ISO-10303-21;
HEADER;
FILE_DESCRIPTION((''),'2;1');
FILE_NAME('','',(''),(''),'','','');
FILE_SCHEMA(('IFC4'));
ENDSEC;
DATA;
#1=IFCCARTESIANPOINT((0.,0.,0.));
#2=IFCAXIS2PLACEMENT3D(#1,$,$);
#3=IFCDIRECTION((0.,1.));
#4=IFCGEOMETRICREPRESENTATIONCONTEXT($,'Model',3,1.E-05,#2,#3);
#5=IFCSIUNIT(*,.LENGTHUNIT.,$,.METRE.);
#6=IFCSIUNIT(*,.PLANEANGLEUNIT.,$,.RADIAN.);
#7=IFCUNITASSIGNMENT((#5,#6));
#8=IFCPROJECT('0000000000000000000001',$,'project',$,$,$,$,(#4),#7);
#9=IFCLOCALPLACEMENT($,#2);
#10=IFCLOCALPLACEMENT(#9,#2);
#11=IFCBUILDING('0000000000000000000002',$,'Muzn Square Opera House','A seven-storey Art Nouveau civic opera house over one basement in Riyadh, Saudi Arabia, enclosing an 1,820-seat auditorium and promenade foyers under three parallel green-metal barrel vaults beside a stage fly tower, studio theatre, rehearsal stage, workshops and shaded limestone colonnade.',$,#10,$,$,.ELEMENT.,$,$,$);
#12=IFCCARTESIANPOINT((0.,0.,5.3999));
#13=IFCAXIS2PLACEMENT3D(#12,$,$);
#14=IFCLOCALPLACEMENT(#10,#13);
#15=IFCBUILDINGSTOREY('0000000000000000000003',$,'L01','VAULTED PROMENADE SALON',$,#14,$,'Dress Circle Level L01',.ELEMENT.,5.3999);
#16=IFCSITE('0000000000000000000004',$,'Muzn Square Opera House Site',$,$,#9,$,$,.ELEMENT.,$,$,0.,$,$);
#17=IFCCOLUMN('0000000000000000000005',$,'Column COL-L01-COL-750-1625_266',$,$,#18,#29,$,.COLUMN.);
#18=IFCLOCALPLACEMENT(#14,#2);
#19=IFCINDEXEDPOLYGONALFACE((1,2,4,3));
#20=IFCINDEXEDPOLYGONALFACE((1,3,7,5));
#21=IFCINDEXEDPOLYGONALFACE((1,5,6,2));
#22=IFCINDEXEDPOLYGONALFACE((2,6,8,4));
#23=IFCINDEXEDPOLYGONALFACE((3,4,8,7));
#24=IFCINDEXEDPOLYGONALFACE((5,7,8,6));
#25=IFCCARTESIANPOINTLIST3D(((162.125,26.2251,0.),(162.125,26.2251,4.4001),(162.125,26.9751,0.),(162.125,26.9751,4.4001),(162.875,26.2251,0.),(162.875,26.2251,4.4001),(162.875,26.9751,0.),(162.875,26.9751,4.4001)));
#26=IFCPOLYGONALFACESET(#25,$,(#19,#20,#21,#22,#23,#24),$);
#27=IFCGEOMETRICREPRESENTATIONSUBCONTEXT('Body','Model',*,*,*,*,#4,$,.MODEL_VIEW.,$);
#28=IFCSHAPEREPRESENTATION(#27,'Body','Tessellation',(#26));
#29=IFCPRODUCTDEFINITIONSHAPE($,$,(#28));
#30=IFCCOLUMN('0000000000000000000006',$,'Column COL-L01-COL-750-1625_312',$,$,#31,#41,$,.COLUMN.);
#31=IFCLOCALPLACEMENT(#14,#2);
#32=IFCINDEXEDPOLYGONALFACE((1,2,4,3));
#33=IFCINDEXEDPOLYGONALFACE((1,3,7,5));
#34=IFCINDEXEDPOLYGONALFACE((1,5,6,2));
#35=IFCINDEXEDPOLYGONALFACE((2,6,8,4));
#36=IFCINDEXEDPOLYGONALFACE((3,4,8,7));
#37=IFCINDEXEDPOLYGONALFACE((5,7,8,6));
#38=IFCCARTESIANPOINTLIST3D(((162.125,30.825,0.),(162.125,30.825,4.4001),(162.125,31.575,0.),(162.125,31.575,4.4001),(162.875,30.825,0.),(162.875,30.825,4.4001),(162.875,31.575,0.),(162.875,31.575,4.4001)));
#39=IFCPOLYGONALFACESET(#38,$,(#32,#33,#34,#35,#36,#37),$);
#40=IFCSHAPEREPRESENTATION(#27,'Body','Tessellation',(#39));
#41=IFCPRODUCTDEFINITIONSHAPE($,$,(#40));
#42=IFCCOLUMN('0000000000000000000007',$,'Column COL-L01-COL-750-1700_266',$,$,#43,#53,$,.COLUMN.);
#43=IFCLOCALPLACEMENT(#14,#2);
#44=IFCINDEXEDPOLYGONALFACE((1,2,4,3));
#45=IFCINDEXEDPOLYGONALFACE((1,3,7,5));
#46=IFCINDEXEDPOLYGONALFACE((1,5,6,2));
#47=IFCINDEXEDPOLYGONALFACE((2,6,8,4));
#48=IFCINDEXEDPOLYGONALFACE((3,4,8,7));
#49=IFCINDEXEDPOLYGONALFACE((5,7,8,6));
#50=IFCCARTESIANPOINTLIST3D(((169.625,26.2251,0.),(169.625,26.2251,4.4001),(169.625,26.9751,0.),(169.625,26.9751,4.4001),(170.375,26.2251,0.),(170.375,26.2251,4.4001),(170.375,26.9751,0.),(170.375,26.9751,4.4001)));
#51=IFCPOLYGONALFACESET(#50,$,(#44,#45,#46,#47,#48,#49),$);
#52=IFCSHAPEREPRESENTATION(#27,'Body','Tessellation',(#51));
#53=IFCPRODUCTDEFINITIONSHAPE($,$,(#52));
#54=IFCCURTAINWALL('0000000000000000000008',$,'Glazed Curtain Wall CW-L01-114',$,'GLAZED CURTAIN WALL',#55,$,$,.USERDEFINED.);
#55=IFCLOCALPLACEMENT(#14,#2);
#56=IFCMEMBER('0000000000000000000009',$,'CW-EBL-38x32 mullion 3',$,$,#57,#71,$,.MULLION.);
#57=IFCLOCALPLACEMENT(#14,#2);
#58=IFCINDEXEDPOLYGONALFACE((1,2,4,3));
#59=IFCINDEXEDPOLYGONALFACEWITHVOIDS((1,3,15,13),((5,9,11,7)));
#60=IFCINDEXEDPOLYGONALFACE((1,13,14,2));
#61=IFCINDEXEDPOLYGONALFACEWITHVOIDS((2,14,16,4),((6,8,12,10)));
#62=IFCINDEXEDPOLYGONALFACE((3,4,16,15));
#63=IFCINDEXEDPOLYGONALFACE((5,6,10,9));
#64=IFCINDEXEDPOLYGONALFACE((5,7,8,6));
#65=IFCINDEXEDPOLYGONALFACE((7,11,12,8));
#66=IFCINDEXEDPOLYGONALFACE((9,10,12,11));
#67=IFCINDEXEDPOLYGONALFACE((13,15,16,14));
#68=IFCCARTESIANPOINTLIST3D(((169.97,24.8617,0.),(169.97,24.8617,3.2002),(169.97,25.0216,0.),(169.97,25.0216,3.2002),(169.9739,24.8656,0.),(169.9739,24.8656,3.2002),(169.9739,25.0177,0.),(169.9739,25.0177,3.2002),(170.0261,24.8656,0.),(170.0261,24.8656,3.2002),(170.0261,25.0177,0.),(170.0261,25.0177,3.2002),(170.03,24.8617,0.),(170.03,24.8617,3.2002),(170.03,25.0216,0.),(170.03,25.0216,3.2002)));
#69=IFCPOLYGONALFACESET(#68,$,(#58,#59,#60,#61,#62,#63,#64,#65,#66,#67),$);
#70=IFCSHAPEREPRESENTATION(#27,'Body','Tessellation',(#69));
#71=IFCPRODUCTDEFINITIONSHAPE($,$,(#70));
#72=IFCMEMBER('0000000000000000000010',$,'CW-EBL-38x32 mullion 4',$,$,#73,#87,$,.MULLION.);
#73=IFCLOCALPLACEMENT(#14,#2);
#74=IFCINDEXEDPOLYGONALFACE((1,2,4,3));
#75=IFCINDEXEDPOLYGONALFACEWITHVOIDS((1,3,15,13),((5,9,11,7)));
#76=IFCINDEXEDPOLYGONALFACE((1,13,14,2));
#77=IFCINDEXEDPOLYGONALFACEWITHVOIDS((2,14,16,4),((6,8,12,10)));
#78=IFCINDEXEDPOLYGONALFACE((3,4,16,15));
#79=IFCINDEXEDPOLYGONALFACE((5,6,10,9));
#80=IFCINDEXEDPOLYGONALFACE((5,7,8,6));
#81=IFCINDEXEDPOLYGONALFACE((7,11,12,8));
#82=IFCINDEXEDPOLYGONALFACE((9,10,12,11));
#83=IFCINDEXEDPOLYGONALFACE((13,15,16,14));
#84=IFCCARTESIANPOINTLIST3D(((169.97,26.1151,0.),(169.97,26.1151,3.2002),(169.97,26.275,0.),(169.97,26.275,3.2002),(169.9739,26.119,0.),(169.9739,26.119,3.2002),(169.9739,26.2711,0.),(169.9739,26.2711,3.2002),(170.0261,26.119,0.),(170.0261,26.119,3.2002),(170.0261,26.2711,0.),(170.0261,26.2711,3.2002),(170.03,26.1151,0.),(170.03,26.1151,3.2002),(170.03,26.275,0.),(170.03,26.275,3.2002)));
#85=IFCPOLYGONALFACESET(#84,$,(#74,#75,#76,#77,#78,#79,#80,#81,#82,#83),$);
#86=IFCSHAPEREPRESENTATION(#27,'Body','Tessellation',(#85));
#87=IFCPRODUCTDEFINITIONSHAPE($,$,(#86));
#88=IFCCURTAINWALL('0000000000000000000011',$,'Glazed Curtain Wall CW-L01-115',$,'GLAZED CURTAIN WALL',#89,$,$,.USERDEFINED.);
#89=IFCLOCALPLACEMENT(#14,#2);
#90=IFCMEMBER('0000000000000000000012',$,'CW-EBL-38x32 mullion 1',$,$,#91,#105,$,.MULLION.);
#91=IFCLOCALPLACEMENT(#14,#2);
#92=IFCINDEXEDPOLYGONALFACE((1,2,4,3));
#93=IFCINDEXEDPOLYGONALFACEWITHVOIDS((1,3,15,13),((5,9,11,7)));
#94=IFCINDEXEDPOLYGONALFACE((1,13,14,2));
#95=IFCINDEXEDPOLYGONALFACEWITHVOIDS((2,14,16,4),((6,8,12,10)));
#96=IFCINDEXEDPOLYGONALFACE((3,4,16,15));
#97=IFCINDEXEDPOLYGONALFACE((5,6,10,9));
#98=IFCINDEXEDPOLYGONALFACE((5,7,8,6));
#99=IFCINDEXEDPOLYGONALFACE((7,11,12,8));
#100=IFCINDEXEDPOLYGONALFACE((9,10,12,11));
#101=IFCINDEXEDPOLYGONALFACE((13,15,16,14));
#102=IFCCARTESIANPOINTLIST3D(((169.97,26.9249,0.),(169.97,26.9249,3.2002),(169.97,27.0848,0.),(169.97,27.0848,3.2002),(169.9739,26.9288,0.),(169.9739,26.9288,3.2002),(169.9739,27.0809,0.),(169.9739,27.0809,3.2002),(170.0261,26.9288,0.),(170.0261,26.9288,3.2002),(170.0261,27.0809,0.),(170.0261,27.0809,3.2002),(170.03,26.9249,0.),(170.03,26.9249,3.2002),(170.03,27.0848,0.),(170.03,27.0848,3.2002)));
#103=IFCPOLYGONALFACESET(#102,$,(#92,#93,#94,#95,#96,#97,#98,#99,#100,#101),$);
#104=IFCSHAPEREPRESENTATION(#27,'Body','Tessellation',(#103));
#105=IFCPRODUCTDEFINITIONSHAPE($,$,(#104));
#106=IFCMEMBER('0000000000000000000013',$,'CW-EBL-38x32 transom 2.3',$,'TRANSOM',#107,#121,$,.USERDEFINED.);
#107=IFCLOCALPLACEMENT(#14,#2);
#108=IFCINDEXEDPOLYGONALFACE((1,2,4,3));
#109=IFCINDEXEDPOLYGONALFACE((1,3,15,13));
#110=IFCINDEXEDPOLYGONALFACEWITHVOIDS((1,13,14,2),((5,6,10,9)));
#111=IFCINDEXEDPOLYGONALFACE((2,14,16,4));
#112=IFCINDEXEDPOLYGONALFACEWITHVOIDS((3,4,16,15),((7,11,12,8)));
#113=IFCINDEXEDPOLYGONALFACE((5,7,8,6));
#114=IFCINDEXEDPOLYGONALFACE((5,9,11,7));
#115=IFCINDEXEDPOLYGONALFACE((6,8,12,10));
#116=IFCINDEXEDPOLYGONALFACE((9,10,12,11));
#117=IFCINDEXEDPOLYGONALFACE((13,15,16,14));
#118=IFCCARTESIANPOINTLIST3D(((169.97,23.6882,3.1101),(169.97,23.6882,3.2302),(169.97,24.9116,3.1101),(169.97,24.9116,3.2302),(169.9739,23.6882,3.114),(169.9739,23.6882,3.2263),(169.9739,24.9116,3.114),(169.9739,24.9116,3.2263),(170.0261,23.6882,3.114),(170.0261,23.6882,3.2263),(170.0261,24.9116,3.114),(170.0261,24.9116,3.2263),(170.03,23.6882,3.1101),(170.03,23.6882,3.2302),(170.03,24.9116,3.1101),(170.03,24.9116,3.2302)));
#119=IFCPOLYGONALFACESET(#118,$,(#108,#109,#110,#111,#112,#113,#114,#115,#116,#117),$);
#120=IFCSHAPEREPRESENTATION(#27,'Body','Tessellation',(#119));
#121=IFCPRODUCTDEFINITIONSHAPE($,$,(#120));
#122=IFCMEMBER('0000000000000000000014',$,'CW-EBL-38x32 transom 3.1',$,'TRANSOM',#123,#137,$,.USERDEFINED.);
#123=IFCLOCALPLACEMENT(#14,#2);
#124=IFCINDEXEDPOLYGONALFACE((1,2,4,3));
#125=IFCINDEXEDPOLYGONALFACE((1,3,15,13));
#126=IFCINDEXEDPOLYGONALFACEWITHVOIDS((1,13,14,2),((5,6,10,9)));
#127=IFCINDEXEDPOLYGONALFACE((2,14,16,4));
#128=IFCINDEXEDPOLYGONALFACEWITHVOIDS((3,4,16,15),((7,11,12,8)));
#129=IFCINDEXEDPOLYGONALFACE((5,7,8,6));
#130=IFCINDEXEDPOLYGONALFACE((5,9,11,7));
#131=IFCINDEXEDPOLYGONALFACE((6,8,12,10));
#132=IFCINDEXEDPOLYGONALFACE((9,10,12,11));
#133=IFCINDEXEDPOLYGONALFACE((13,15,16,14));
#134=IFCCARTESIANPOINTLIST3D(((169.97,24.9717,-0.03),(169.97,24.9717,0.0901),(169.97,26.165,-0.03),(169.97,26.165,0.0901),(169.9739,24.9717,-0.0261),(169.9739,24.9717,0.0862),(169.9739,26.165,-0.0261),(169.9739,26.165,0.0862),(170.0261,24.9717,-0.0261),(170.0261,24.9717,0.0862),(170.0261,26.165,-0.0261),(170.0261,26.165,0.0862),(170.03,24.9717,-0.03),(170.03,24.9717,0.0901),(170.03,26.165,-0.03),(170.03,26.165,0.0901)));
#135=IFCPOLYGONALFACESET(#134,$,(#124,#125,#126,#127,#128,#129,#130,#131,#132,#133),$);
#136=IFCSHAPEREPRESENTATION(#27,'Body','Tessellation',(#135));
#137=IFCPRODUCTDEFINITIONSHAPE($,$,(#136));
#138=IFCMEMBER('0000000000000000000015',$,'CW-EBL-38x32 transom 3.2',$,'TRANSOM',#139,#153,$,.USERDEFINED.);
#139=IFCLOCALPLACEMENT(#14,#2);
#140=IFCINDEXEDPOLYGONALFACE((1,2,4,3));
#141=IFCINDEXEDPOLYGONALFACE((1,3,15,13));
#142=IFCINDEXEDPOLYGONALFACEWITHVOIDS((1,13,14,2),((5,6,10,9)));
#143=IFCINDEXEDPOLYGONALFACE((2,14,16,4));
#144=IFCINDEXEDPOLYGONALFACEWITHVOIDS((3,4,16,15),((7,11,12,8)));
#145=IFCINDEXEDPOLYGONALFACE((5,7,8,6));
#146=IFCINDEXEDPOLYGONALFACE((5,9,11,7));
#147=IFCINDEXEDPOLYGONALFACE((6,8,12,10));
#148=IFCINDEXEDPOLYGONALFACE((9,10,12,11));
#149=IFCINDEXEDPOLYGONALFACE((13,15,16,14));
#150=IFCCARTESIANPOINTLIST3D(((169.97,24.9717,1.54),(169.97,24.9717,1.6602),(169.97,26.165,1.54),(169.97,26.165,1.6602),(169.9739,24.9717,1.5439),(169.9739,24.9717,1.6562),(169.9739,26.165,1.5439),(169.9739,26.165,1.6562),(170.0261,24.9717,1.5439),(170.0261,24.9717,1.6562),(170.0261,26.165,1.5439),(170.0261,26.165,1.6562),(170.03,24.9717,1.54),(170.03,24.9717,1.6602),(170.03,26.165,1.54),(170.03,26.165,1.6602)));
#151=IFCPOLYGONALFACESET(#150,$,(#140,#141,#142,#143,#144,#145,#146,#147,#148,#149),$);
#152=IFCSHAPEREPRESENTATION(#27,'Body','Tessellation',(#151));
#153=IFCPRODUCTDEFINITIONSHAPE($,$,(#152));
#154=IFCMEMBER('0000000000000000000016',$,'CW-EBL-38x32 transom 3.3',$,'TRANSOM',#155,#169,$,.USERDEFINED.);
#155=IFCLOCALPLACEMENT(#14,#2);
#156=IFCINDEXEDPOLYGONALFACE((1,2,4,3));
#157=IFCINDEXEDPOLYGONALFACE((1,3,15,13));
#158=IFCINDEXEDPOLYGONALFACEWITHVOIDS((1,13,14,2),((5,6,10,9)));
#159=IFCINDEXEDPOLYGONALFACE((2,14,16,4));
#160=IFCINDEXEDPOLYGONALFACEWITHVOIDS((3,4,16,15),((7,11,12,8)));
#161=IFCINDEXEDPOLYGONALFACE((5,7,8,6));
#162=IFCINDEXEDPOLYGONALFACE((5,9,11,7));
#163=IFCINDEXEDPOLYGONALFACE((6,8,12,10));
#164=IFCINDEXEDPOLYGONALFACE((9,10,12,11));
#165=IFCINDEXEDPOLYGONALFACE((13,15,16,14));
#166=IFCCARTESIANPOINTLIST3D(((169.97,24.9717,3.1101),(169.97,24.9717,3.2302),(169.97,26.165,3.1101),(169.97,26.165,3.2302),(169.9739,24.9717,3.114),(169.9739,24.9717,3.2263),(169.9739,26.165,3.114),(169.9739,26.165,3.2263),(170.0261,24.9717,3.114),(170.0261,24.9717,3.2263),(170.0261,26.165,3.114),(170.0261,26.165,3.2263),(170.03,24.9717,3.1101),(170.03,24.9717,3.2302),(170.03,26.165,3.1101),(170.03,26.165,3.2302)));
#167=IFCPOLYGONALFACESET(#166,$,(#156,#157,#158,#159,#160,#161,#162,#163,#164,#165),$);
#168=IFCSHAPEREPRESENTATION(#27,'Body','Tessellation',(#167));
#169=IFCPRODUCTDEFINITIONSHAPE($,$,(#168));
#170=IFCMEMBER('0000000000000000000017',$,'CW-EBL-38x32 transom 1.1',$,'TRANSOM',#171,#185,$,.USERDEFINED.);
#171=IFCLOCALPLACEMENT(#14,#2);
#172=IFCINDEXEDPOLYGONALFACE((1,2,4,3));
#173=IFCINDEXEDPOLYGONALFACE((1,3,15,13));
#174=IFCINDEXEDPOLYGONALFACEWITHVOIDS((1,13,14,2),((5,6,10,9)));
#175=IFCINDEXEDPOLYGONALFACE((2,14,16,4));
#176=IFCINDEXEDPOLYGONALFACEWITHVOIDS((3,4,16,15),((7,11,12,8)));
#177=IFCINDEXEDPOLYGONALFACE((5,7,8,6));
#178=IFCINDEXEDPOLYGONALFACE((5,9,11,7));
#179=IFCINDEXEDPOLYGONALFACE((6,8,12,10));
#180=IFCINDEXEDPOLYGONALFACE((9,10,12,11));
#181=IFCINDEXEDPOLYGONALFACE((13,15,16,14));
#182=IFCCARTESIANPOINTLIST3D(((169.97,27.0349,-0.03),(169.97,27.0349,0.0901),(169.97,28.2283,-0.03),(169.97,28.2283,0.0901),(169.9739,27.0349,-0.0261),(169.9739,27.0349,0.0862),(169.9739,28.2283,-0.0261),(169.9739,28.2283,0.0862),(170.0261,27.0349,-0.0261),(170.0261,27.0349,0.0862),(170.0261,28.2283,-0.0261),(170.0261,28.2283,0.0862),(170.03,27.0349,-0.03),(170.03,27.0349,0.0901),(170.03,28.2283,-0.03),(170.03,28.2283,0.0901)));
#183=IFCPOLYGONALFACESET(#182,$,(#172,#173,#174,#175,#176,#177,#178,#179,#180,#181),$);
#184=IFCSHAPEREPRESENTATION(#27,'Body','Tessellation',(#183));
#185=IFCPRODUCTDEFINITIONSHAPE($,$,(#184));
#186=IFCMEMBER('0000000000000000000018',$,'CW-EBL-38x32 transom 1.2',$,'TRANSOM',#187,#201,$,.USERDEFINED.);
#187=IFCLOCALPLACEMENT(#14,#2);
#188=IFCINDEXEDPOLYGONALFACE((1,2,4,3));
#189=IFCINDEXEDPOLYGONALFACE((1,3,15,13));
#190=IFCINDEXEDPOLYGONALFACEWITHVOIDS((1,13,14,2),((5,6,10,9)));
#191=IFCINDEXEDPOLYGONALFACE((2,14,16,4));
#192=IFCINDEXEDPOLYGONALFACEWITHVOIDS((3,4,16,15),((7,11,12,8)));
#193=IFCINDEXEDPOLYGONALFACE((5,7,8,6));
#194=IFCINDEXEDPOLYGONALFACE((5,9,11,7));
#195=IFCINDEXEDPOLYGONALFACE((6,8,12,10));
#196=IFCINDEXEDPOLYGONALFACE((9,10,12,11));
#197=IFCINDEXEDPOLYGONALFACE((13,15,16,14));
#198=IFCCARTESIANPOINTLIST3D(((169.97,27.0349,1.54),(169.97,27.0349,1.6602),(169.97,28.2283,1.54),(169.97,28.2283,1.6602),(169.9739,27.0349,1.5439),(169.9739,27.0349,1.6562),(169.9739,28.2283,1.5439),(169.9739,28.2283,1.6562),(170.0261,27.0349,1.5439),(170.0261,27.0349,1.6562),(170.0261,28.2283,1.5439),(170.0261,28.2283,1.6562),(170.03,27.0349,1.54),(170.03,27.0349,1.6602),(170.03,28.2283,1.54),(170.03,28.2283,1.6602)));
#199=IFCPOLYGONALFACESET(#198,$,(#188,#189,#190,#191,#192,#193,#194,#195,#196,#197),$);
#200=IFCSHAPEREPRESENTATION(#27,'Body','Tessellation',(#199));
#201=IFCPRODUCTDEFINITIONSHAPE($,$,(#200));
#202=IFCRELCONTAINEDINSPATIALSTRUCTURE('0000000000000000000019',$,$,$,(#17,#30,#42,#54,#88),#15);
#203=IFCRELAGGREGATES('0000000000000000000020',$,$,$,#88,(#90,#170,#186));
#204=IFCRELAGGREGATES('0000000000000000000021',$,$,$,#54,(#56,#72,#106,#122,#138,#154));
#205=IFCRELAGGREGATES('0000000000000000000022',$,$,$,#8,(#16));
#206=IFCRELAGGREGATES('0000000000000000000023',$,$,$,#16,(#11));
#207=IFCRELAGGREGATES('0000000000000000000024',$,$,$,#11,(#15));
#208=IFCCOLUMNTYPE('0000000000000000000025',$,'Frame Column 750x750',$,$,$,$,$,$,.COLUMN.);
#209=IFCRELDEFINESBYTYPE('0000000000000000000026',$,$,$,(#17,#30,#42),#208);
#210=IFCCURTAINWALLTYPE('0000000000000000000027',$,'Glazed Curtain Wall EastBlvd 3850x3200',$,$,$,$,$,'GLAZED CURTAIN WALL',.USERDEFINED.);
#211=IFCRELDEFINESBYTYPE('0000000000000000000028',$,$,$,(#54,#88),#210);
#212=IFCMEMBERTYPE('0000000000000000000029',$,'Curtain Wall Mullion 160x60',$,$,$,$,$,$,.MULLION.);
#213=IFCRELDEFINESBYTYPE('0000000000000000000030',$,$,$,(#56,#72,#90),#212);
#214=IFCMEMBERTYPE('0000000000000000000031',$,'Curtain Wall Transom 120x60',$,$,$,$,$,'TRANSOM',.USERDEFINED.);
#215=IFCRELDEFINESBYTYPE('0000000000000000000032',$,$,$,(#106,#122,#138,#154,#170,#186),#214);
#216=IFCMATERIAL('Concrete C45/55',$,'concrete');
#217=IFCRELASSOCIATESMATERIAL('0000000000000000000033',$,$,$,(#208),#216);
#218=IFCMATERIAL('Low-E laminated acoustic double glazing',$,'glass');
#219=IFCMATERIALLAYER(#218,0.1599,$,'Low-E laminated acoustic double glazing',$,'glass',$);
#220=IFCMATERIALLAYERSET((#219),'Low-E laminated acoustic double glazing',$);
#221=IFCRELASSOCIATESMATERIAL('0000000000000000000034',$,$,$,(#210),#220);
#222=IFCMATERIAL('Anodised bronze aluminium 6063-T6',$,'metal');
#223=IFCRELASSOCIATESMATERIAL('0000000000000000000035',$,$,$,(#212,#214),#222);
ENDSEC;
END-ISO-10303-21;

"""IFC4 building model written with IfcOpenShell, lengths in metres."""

from ifc_helpers import new_model, si_unit, direction, frame, origin, origin_2d, place, context, subcontext, project, spatial, rectangle, hollow_rectangle, extrude, material, layer, layer_set, material_profile, profile_set, type_object, element, aggregate, save


model = new_model("IFC4")

# Units and contexts
model_context = context("Model", 3, precision=1e-05, world=origin(), true_north=direction((0.0, 1.0)))
body_context = subcontext(model_context, "Body", "Model", "MODEL_VIEW")
ifc_project = project(units=[si_unit("LENGTHUNIT", "METRE"), si_unit("PLANEANGLEUNIT", "RADIAN")], contexts=[model_context])

# Site, building, storey
site_placement = place(None, origin())
site = spatial("IfcSite", under=ifc_project, at=site_placement, Name="Muzn Square Opera House Site", CompositionType="ELEMENT", RefElevation=0.0)
building_placement = place(site_placement, origin())
building = spatial("IfcBuilding", under=site, at=building_placement, Name="Muzn Square Opera House", Description="A seven-storey Art Nouveau civic opera house over one basement in Riyadh, Saudi Arabia, enclosing an 1,820-seat auditorium and promenade foyers under three parallel green-metal barrel vaults beside a stage fly tower, studio theatre, rehearsal stage, workshops and shaded limestone colonnade.", CompositionType="ELEMENT")
storey_placement = place(building_placement, frame((0.0, 0.0, 5.3999)))
storey = spatial("IfcBuildingStorey", under=building, at=storey_placement, Name="L01", Description="VAULTED PROMENADE SALON", LongName="Dress Circle Level L01", CompositionType="ELEMENT", Elevation=5.3999)

# Columns
ifc_material_1 = material(Name="Concrete C45/55", Category="concrete")
ifc_material_profile_1 = material_profile(ifc_material_1, rectangle(XDim=0.75, YDim=0.75, at=origin_2d()), Name="RC 750x750", Category="concrete")
ifc_profile_set_1 = profile_set([ifc_material_profile_1], Name="Concrete C45/55")
column_type = type_object("IfcColumnType", Name="Frame Column 750x750", PredefinedType="COLUMN", material=ifc_profile_set_1)
for number, where, z_axis, x_axis, name in (
    (1, (162.5, 26.6001, 0.0), (0.0, 0.0, 1.0), (1.0, 0.0, 0.0), "Column COL-L01-COL-750-1625_266"),
    (2, (162.5, 31.2, 0.0), (0.0, 0.0, 1.0), (1.0, 0.0, 0.0), "Column COL-L01-COL-750-1625_312"),
    (3, (170.0, 26.6001, 0.0), (0.0, 0.0, 1.0), (1.0, 0.0, 0.0), "Column COL-L01-COL-750-1700_266"),
):
    element("IfcColumn", number, at=place(storey_placement, frame(where, z_axis=z_axis, x_axis=x_axis)), inside=storey, type_object=column_type, Name=name, PredefinedType="COLUMN", context=body_context, shape_type="SweptSolid", body=[
        extrude(rectangle(XDim=0.75, YDim=0.75, at=origin_2d()), origin(), (0.0, 0.0, 1.0), 4.4001),
    ])

# Curtain wall, members
ifc_material_2 = material(Name="Low-E laminated acoustic double glazing", Category="glass")
ifc_layer_1 = layer(ifc_material_2, 0.1599, Name="Low-E laminated acoustic double glazing", Category="glass")
ifc_layer_set_1 = layer_set([ifc_layer_1], Name="Low-E laminated acoustic double glazing")
curtain_wall_type = type_object("IfcCurtainWallType", Name="Glazed Curtain Wall EastBlvd 3850x3200", ElementType="GLAZED CURTAIN WALL", PredefinedType="USERDEFINED", material=ifc_layer_set_1)
curtain_wall_1_placement = place(storey_placement, origin())
curtain_wall_1 = element("IfcCurtainWall", 4, at=curtain_wall_1_placement, inside=storey, type_object=curtain_wall_type, Name="Glazed Curtain Wall CW-L01-114", ObjectType="GLAZED CURTAIN WALL", PredefinedType="USERDEFINED")
ifc_material_3 = material(Name="Anodised bronze aluminium 6063-T6", Category="metal")
ifc_material_profile_2 = material_profile(ifc_material_3, hollow_rectangle(XDim=0.0601, YDim=0.1599, WallThickness=0.0039, at=origin_2d()), Name="ALU 160x60x4", Category="metal")
ifc_profile_set_2 = profile_set([ifc_material_profile_2], Name="Anodised bronze aluminium 6063-T6")
member_type_1 = type_object("IfcMemberType", Name="Curtain Wall Mullion 160x60", PredefinedType="MULLION", material=ifc_profile_set_2)
member_1_placement = place(storey_placement, frame((170.0, 24.9417, 0.0), z_axis=(0.0, 0.0, 1.0), x_axis=(-1.0, 0.0, 0.0)))
member_1 = element("IfcMember", 5, at=member_1_placement, type_object=member_type_1, Name="CW-EBL-38x32 mullion 3", PredefinedType="MULLION", context=body_context, shape_type="SweptSolid", body=[
    extrude(hollow_rectangle(XDim=0.0601, YDim=0.1599, WallThickness=0.0039, at=origin_2d()), origin(), (0.0, 0.0, 1.0), 3.2002),
])
member_2_placement = place(storey_placement, frame((170.0, 26.1951, 0.0), z_axis=(0.0, 0.0, 1.0), x_axis=(-1.0, 0.0, 0.0)))
member_2 = element("IfcMember", 6, at=member_2_placement, type_object=member_type_1, Name="CW-EBL-38x32 mullion 4", PredefinedType="MULLION", context=body_context, shape_type="SweptSolid", body=[
    extrude(hollow_rectangle(XDim=0.0601, YDim=0.1599, WallThickness=0.0039, at=origin_2d()), origin(), (0.0, 0.0, 1.0), 3.2002),
])

# Curtain wall, member
curtain_wall_2_placement = place(storey_placement, origin())
curtain_wall_2 = element("IfcCurtainWall", 7, at=curtain_wall_2_placement, inside=storey, type_object=curtain_wall_type, Name="Glazed Curtain Wall CW-L01-115", ObjectType="GLAZED CURTAIN WALL", PredefinedType="USERDEFINED")
member_3_placement = place(storey_placement, frame((170.0, 27.0049, 0.0), z_axis=(0.0, 0.0, 1.0), x_axis=(-1.0, 0.0, 0.0)))
member_3 = element("IfcMember", 8, at=member_3_placement, type_object=member_type_1, Name="CW-EBL-38x32 mullion 1", PredefinedType="MULLION", context=body_context, shape_type="SweptSolid", body=[
    extrude(hollow_rectangle(XDim=0.0601, YDim=0.1599, WallThickness=0.0039, at=origin_2d()), origin(), (0.0, 0.0, 1.0), 3.2002),
])

# Members
ifc_material_profile_3 = material_profile(ifc_material_3, hollow_rectangle(XDim=0.0601, YDim=0.1201, WallThickness=0.0039, at=origin_2d()), Name="ALU 120x60x4", Category="metal")
ifc_profile_set_3 = profile_set([ifc_material_profile_3], Name="Anodised bronze aluminium 6063-T6")
member_type_2 = type_object("IfcMemberType", Name="Curtain Wall Transom 120x60", ElementType="TRANSOM", PredefinedType="USERDEFINED", material=ifc_profile_set_3)
member_4_placement = place(storey_placement, frame((170.0, 23.6882, 3.1702), z_axis=(0.0, 1.0, 0.0), x_axis=(-1.0, 0.0, 0.0)))
member_4 = element("IfcMember", 9, at=member_4_placement, type_object=member_type_2, Name="CW-EBL-38x32 transom 2.3", ObjectType="TRANSOM", PredefinedType="USERDEFINED", context=body_context, shape_type="SweptSolid", body=[
    extrude(hollow_rectangle(XDim=0.0601, YDim=0.1201, WallThickness=0.0039, at=origin_2d()), origin(), (0.0, 0.0, 1.0), 1.2234),
])
member_5_placement = place(storey_placement, frame((170.0, 24.9717, 0.03), z_axis=(0.0, 1.0, 0.0), x_axis=(-1.0, 0.0, 0.0)))
member_5 = element("IfcMember", 10, at=member_5_placement, type_object=member_type_2, Name="CW-EBL-38x32 transom 3.1", ObjectType="TRANSOM", PredefinedType="USERDEFINED", context=body_context, shape_type="SweptSolid", body=[
    extrude(hollow_rectangle(XDim=0.0601, YDim=0.1201, WallThickness=0.0039, at=origin_2d()), origin(), (0.0, 0.0, 1.0), 1.1934),
])
member_6_placement = place(storey_placement, frame((170.0, 24.9717, 1.6001), z_axis=(0.0, 1.0, 0.0), x_axis=(-1.0, 0.0, 0.0)))
member_6 = element("IfcMember", 11, at=member_6_placement, type_object=member_type_2, Name="CW-EBL-38x32 transom 3.2", ObjectType="TRANSOM", PredefinedType="USERDEFINED", context=body_context, shape_type="SweptSolid", body=[
    extrude(hollow_rectangle(XDim=0.0601, YDim=0.1201, WallThickness=0.0039, at=origin_2d()), origin(), (0.0, 0.0, 1.0), 1.1934),
])
member_7_placement = place(storey_placement, frame((170.0, 24.9717, 3.1702), z_axis=(0.0, 1.0, 0.0), x_axis=(-1.0, 0.0, 0.0)))
member_7 = element("IfcMember", 12, at=member_7_placement, type_object=member_type_2, Name="CW-EBL-38x32 transom 3.3", ObjectType="TRANSOM", PredefinedType="USERDEFINED", context=body_context, shape_type="SweptSolid", body=[
    extrude(hollow_rectangle(XDim=0.0601, YDim=0.1201, WallThickness=0.0039, at=origin_2d()), origin(), (0.0, 0.0, 1.0), 1.1934),
])
member_8_placement = place(storey_placement, frame((170.0, 27.0349, 0.03), z_axis=(0.0, 1.0, 0.0), x_axis=(-1.0, 0.0, 0.0)))
member_8 = element("IfcMember", 13, at=member_8_placement, type_object=member_type_2, Name="CW-EBL-38x32 transom 1.1", ObjectType="TRANSOM", PredefinedType="USERDEFINED", context=body_context, shape_type="SweptSolid", body=[
    extrude(hollow_rectangle(XDim=0.0601, YDim=0.1201, WallThickness=0.0039, at=origin_2d()), origin(), (0.0, 0.0, 1.0), 1.1934),
])
member_9_placement = place(storey_placement, frame((170.0, 27.0349, 1.6001), z_axis=(0.0, 1.0, 0.0), x_axis=(-1.0, 0.0, 0.0)))
member_9 = element("IfcMember", 14, at=member_9_placement, type_object=member_type_2, Name="CW-EBL-38x32 transom 1.2", ObjectType="TRANSOM", PredefinedType="USERDEFINED", context=body_context, shape_type="SweptSolid", body=[
    extrude(hollow_rectangle(XDim=0.0601, YDim=0.1201, WallThickness=0.0039, at=origin_2d()), origin(), (0.0, 0.0, 1.0), 1.1934),
])
aggregate(curtain_wall_2, [member_3, member_8, member_9])

aggregate(curtain_wall_1, [member_1, member_2, member_4, member_5, member_6, member_7])

save(model, "model.ifc")
